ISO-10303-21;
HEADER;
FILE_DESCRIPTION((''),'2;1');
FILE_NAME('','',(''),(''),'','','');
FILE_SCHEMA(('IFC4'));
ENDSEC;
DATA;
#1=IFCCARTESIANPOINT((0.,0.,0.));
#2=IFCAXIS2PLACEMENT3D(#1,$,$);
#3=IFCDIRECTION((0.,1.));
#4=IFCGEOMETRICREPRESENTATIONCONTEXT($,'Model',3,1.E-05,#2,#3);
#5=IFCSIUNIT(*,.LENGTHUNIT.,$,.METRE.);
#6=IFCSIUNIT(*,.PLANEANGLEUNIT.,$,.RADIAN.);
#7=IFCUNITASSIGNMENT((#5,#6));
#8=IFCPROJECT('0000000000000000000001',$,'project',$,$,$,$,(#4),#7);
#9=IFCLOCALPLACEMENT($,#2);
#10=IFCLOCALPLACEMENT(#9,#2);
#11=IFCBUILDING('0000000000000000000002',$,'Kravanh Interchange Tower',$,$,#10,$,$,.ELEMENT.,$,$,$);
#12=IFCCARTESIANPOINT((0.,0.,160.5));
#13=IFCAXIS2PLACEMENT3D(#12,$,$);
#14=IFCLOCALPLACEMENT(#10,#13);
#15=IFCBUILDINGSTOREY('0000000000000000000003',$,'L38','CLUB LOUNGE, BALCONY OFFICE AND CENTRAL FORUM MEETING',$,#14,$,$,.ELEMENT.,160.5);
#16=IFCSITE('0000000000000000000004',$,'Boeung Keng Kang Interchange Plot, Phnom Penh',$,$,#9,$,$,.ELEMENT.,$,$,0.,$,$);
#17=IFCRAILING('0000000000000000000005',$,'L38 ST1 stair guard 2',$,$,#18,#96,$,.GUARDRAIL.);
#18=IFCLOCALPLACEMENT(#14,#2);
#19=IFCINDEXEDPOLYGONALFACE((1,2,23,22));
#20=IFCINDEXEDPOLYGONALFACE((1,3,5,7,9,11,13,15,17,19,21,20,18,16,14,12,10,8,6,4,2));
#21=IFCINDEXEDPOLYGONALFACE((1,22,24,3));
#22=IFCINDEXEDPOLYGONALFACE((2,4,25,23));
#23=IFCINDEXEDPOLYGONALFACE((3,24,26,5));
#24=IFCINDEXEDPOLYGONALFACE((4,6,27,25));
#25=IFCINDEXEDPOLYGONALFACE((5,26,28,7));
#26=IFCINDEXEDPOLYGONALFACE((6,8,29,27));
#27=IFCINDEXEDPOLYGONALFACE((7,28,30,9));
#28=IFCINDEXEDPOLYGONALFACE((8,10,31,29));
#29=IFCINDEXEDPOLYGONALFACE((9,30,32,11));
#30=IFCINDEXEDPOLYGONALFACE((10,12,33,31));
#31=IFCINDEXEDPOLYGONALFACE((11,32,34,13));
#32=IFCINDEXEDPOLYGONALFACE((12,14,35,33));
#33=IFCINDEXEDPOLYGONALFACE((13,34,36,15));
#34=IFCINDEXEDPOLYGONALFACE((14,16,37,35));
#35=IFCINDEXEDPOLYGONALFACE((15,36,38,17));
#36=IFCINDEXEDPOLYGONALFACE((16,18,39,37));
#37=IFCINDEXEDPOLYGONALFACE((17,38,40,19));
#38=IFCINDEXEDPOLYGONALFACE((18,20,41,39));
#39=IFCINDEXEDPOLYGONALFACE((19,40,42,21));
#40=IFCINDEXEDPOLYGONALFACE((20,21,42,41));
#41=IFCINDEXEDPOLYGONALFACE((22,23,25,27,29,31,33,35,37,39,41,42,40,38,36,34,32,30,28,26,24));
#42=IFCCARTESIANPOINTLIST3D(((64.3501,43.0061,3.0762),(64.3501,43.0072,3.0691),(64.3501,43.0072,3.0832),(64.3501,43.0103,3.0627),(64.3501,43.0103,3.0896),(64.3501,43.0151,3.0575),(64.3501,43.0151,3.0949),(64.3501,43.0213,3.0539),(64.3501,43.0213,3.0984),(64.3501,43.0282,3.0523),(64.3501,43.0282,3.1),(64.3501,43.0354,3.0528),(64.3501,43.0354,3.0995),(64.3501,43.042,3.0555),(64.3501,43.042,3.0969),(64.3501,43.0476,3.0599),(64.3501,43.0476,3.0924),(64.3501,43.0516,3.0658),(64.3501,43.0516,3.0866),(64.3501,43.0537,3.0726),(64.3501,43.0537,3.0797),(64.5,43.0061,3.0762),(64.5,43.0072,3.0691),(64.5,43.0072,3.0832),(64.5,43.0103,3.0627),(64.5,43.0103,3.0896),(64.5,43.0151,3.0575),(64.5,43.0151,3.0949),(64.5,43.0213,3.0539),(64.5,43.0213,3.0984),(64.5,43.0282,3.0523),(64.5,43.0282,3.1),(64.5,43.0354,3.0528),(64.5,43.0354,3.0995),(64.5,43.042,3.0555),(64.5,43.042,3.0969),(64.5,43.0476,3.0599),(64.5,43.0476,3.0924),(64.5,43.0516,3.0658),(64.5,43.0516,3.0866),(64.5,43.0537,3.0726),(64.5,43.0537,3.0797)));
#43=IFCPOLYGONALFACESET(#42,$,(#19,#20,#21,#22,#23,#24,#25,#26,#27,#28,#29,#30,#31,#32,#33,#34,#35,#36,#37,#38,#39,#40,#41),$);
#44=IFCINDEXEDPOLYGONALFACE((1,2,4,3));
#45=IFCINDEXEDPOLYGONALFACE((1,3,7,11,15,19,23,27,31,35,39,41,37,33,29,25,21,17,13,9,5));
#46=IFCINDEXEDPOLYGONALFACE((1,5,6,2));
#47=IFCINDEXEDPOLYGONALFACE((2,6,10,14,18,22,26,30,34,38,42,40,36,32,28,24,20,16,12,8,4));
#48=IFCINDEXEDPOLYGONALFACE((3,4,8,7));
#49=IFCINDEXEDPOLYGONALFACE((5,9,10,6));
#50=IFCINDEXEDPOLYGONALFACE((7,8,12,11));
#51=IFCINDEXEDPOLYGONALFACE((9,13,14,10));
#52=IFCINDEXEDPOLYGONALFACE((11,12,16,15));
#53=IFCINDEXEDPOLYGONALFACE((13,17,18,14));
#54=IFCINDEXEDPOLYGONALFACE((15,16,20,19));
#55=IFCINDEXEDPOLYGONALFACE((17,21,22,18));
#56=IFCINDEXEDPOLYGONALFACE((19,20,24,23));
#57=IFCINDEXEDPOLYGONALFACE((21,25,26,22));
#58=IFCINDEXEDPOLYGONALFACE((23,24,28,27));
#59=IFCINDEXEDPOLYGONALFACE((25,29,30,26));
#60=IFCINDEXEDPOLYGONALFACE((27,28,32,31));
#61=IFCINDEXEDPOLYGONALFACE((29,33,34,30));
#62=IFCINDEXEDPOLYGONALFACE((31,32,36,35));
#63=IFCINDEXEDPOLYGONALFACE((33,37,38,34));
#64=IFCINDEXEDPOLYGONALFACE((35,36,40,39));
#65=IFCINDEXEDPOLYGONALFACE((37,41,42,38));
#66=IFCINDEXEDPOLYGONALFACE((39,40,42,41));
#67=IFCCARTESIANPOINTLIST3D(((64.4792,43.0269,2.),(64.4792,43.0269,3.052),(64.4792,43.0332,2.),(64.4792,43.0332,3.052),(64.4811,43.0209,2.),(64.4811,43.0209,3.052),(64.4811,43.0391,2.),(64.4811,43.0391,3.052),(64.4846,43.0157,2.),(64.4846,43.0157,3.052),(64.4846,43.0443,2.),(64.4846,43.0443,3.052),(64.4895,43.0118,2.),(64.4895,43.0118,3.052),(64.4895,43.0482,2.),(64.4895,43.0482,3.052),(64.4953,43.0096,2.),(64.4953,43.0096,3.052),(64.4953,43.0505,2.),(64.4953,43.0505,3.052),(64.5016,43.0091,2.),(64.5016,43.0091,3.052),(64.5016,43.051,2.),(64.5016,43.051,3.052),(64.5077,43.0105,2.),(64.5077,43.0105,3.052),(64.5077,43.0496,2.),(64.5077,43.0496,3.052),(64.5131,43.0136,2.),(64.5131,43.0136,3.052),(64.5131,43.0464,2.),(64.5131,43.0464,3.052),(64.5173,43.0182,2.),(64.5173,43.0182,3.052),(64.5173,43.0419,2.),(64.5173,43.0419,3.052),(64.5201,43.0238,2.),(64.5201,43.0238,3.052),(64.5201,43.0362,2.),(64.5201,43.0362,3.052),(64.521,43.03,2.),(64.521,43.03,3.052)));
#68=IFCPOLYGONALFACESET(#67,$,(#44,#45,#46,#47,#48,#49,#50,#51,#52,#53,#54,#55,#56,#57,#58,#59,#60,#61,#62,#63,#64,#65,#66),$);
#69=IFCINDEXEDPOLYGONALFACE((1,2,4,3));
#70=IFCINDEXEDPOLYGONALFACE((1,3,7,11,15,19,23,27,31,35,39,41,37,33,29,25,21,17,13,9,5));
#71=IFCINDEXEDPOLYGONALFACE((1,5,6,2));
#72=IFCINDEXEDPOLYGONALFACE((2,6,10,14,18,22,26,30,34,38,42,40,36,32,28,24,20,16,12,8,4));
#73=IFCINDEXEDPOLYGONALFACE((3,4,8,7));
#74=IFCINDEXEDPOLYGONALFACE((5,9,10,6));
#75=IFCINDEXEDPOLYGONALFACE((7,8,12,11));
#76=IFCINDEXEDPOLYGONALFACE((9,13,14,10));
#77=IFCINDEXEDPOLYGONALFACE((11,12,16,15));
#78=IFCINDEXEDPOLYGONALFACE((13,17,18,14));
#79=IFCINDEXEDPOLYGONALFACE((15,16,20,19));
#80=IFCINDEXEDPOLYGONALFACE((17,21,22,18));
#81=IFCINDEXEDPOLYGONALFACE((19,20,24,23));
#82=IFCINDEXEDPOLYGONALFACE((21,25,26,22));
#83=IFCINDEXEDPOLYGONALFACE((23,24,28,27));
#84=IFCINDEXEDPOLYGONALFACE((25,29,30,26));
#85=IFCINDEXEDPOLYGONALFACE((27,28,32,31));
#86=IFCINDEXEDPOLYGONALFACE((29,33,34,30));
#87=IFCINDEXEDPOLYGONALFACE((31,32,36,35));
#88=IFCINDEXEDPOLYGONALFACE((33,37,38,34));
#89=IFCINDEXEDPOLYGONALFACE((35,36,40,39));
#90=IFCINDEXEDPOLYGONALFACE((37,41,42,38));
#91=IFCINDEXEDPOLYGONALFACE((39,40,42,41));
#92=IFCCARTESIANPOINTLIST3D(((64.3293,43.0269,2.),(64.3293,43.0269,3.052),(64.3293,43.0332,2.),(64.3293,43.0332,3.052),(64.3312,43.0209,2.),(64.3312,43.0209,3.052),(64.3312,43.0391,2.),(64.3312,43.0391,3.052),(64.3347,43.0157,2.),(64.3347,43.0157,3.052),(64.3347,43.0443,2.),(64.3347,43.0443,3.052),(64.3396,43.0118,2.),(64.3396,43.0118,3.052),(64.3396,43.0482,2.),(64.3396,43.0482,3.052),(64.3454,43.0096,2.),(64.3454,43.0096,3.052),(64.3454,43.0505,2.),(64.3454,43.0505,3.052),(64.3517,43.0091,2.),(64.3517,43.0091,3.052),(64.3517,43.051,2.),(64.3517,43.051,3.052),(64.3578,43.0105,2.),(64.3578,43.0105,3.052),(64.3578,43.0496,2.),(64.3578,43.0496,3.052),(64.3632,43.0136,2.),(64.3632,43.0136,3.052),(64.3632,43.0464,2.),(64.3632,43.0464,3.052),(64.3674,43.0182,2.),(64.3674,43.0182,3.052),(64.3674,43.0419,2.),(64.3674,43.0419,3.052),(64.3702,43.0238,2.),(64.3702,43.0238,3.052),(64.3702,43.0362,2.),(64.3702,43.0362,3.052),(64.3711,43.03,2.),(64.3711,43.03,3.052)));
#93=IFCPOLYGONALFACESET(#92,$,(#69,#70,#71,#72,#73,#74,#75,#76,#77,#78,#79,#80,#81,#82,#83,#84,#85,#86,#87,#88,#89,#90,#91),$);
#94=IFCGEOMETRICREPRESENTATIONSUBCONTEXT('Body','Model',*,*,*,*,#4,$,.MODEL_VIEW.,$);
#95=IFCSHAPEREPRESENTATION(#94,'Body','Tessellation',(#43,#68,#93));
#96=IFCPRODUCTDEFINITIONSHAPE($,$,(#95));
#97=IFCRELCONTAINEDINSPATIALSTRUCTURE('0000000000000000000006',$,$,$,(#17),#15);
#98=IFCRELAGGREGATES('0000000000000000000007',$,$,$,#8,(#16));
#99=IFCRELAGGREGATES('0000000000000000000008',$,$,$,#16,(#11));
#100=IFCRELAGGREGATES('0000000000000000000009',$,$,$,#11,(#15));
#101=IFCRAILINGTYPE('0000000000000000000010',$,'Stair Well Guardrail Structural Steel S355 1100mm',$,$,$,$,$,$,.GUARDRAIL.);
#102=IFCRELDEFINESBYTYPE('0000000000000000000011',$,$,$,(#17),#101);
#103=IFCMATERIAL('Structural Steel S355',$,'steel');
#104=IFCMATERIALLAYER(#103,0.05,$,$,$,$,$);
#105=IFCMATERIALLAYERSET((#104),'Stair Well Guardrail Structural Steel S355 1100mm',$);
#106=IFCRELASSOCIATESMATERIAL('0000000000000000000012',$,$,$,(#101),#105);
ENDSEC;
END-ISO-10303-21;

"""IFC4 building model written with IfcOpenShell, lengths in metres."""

from ifc_helpers import new_model, si_unit, direction, frame, origin, origin_2d, place, context, subcontext, project, spatial, circle, extrude, material, layer, layer_set, type_object, element, save


model = new_model("IFC4")

# Units and contexts
model_context = context("Model", 3, precision=1e-05, world=origin(), true_north=direction((0.0, 1.0)))
body_context = subcontext(model_context, "Body", "Model", "MODEL_VIEW")
ifc_project = project(units=[si_unit("LENGTHUNIT", "METRE"), si_unit("PLANEANGLEUNIT", "RADIAN")], contexts=[model_context])

# Site, building, storey
site_placement = place(None, origin())
site = spatial("IfcSite", under=ifc_project, at=site_placement, Name="Boeung Keng Kang Interchange Plot, Phnom Penh", CompositionType="ELEMENT", RefElevation=0.0)
building_placement = place(site_placement, origin())
building = spatial("IfcBuilding", under=site, at=building_placement, Name="Kravanh Interchange Tower", CompositionType="ELEMENT")
storey_placement = place(building_placement, frame((0.0, 0.0, 160.5)))
storey = spatial("IfcBuildingStorey", under=building, at=storey_placement, Name="L38", Description="CLUB LOUNGE, BALCONY OFFICE AND CENTRAL FORUM MEETING", CompositionType="ELEMENT", Elevation=160.5)

# Railing
ifc_material_1 = material(Name="Structural Steel S355", Category="steel")
ifc_layer_1 = layer(ifc_material_1, 0.05)
ifc_layer_set_1 = layer_set([ifc_layer_1], Name="Stair Well Guardrail Structural Steel S355 1100mm")
railing_type_1 = type_object("IfcRailingType", Name="Stair Well Guardrail Structural Steel S355 1100mm", PredefinedType="GUARDRAIL", material=ifc_layer_set_1)
railing_1_placement = place(storey_placement, frame((64.5, 43.03, 2.0)))
element("IfcRailing", 1, at=railing_1_placement, inside=storey, type_object=railing_type_1, Name="L38 ST1 stair guard 2", PredefinedType="GUARDRAIL", context=body_context, shape_type="SweptSolid", body=[
    extrude(circle(Radius=0.0239, at=origin_2d()), frame((0.0, 0.0, 1.0762), z_axis=(-1.0, 0.0, 0.0), x_axis=(0.0, -1.0, 0.0)), (0.0, 0.0, 1.0), 0.1499),
    extrude(circle(Radius=0.021, at=origin_2d()), origin(), (0.0, 0.0, 1.0), 1.052),
    extrude(circle(Radius=0.021, at=origin_2d()), frame((-0.1499, 0.0, 0.0)), (0.0, 0.0, 1.0), 1.052),
])

save(model, "model.ifc")
